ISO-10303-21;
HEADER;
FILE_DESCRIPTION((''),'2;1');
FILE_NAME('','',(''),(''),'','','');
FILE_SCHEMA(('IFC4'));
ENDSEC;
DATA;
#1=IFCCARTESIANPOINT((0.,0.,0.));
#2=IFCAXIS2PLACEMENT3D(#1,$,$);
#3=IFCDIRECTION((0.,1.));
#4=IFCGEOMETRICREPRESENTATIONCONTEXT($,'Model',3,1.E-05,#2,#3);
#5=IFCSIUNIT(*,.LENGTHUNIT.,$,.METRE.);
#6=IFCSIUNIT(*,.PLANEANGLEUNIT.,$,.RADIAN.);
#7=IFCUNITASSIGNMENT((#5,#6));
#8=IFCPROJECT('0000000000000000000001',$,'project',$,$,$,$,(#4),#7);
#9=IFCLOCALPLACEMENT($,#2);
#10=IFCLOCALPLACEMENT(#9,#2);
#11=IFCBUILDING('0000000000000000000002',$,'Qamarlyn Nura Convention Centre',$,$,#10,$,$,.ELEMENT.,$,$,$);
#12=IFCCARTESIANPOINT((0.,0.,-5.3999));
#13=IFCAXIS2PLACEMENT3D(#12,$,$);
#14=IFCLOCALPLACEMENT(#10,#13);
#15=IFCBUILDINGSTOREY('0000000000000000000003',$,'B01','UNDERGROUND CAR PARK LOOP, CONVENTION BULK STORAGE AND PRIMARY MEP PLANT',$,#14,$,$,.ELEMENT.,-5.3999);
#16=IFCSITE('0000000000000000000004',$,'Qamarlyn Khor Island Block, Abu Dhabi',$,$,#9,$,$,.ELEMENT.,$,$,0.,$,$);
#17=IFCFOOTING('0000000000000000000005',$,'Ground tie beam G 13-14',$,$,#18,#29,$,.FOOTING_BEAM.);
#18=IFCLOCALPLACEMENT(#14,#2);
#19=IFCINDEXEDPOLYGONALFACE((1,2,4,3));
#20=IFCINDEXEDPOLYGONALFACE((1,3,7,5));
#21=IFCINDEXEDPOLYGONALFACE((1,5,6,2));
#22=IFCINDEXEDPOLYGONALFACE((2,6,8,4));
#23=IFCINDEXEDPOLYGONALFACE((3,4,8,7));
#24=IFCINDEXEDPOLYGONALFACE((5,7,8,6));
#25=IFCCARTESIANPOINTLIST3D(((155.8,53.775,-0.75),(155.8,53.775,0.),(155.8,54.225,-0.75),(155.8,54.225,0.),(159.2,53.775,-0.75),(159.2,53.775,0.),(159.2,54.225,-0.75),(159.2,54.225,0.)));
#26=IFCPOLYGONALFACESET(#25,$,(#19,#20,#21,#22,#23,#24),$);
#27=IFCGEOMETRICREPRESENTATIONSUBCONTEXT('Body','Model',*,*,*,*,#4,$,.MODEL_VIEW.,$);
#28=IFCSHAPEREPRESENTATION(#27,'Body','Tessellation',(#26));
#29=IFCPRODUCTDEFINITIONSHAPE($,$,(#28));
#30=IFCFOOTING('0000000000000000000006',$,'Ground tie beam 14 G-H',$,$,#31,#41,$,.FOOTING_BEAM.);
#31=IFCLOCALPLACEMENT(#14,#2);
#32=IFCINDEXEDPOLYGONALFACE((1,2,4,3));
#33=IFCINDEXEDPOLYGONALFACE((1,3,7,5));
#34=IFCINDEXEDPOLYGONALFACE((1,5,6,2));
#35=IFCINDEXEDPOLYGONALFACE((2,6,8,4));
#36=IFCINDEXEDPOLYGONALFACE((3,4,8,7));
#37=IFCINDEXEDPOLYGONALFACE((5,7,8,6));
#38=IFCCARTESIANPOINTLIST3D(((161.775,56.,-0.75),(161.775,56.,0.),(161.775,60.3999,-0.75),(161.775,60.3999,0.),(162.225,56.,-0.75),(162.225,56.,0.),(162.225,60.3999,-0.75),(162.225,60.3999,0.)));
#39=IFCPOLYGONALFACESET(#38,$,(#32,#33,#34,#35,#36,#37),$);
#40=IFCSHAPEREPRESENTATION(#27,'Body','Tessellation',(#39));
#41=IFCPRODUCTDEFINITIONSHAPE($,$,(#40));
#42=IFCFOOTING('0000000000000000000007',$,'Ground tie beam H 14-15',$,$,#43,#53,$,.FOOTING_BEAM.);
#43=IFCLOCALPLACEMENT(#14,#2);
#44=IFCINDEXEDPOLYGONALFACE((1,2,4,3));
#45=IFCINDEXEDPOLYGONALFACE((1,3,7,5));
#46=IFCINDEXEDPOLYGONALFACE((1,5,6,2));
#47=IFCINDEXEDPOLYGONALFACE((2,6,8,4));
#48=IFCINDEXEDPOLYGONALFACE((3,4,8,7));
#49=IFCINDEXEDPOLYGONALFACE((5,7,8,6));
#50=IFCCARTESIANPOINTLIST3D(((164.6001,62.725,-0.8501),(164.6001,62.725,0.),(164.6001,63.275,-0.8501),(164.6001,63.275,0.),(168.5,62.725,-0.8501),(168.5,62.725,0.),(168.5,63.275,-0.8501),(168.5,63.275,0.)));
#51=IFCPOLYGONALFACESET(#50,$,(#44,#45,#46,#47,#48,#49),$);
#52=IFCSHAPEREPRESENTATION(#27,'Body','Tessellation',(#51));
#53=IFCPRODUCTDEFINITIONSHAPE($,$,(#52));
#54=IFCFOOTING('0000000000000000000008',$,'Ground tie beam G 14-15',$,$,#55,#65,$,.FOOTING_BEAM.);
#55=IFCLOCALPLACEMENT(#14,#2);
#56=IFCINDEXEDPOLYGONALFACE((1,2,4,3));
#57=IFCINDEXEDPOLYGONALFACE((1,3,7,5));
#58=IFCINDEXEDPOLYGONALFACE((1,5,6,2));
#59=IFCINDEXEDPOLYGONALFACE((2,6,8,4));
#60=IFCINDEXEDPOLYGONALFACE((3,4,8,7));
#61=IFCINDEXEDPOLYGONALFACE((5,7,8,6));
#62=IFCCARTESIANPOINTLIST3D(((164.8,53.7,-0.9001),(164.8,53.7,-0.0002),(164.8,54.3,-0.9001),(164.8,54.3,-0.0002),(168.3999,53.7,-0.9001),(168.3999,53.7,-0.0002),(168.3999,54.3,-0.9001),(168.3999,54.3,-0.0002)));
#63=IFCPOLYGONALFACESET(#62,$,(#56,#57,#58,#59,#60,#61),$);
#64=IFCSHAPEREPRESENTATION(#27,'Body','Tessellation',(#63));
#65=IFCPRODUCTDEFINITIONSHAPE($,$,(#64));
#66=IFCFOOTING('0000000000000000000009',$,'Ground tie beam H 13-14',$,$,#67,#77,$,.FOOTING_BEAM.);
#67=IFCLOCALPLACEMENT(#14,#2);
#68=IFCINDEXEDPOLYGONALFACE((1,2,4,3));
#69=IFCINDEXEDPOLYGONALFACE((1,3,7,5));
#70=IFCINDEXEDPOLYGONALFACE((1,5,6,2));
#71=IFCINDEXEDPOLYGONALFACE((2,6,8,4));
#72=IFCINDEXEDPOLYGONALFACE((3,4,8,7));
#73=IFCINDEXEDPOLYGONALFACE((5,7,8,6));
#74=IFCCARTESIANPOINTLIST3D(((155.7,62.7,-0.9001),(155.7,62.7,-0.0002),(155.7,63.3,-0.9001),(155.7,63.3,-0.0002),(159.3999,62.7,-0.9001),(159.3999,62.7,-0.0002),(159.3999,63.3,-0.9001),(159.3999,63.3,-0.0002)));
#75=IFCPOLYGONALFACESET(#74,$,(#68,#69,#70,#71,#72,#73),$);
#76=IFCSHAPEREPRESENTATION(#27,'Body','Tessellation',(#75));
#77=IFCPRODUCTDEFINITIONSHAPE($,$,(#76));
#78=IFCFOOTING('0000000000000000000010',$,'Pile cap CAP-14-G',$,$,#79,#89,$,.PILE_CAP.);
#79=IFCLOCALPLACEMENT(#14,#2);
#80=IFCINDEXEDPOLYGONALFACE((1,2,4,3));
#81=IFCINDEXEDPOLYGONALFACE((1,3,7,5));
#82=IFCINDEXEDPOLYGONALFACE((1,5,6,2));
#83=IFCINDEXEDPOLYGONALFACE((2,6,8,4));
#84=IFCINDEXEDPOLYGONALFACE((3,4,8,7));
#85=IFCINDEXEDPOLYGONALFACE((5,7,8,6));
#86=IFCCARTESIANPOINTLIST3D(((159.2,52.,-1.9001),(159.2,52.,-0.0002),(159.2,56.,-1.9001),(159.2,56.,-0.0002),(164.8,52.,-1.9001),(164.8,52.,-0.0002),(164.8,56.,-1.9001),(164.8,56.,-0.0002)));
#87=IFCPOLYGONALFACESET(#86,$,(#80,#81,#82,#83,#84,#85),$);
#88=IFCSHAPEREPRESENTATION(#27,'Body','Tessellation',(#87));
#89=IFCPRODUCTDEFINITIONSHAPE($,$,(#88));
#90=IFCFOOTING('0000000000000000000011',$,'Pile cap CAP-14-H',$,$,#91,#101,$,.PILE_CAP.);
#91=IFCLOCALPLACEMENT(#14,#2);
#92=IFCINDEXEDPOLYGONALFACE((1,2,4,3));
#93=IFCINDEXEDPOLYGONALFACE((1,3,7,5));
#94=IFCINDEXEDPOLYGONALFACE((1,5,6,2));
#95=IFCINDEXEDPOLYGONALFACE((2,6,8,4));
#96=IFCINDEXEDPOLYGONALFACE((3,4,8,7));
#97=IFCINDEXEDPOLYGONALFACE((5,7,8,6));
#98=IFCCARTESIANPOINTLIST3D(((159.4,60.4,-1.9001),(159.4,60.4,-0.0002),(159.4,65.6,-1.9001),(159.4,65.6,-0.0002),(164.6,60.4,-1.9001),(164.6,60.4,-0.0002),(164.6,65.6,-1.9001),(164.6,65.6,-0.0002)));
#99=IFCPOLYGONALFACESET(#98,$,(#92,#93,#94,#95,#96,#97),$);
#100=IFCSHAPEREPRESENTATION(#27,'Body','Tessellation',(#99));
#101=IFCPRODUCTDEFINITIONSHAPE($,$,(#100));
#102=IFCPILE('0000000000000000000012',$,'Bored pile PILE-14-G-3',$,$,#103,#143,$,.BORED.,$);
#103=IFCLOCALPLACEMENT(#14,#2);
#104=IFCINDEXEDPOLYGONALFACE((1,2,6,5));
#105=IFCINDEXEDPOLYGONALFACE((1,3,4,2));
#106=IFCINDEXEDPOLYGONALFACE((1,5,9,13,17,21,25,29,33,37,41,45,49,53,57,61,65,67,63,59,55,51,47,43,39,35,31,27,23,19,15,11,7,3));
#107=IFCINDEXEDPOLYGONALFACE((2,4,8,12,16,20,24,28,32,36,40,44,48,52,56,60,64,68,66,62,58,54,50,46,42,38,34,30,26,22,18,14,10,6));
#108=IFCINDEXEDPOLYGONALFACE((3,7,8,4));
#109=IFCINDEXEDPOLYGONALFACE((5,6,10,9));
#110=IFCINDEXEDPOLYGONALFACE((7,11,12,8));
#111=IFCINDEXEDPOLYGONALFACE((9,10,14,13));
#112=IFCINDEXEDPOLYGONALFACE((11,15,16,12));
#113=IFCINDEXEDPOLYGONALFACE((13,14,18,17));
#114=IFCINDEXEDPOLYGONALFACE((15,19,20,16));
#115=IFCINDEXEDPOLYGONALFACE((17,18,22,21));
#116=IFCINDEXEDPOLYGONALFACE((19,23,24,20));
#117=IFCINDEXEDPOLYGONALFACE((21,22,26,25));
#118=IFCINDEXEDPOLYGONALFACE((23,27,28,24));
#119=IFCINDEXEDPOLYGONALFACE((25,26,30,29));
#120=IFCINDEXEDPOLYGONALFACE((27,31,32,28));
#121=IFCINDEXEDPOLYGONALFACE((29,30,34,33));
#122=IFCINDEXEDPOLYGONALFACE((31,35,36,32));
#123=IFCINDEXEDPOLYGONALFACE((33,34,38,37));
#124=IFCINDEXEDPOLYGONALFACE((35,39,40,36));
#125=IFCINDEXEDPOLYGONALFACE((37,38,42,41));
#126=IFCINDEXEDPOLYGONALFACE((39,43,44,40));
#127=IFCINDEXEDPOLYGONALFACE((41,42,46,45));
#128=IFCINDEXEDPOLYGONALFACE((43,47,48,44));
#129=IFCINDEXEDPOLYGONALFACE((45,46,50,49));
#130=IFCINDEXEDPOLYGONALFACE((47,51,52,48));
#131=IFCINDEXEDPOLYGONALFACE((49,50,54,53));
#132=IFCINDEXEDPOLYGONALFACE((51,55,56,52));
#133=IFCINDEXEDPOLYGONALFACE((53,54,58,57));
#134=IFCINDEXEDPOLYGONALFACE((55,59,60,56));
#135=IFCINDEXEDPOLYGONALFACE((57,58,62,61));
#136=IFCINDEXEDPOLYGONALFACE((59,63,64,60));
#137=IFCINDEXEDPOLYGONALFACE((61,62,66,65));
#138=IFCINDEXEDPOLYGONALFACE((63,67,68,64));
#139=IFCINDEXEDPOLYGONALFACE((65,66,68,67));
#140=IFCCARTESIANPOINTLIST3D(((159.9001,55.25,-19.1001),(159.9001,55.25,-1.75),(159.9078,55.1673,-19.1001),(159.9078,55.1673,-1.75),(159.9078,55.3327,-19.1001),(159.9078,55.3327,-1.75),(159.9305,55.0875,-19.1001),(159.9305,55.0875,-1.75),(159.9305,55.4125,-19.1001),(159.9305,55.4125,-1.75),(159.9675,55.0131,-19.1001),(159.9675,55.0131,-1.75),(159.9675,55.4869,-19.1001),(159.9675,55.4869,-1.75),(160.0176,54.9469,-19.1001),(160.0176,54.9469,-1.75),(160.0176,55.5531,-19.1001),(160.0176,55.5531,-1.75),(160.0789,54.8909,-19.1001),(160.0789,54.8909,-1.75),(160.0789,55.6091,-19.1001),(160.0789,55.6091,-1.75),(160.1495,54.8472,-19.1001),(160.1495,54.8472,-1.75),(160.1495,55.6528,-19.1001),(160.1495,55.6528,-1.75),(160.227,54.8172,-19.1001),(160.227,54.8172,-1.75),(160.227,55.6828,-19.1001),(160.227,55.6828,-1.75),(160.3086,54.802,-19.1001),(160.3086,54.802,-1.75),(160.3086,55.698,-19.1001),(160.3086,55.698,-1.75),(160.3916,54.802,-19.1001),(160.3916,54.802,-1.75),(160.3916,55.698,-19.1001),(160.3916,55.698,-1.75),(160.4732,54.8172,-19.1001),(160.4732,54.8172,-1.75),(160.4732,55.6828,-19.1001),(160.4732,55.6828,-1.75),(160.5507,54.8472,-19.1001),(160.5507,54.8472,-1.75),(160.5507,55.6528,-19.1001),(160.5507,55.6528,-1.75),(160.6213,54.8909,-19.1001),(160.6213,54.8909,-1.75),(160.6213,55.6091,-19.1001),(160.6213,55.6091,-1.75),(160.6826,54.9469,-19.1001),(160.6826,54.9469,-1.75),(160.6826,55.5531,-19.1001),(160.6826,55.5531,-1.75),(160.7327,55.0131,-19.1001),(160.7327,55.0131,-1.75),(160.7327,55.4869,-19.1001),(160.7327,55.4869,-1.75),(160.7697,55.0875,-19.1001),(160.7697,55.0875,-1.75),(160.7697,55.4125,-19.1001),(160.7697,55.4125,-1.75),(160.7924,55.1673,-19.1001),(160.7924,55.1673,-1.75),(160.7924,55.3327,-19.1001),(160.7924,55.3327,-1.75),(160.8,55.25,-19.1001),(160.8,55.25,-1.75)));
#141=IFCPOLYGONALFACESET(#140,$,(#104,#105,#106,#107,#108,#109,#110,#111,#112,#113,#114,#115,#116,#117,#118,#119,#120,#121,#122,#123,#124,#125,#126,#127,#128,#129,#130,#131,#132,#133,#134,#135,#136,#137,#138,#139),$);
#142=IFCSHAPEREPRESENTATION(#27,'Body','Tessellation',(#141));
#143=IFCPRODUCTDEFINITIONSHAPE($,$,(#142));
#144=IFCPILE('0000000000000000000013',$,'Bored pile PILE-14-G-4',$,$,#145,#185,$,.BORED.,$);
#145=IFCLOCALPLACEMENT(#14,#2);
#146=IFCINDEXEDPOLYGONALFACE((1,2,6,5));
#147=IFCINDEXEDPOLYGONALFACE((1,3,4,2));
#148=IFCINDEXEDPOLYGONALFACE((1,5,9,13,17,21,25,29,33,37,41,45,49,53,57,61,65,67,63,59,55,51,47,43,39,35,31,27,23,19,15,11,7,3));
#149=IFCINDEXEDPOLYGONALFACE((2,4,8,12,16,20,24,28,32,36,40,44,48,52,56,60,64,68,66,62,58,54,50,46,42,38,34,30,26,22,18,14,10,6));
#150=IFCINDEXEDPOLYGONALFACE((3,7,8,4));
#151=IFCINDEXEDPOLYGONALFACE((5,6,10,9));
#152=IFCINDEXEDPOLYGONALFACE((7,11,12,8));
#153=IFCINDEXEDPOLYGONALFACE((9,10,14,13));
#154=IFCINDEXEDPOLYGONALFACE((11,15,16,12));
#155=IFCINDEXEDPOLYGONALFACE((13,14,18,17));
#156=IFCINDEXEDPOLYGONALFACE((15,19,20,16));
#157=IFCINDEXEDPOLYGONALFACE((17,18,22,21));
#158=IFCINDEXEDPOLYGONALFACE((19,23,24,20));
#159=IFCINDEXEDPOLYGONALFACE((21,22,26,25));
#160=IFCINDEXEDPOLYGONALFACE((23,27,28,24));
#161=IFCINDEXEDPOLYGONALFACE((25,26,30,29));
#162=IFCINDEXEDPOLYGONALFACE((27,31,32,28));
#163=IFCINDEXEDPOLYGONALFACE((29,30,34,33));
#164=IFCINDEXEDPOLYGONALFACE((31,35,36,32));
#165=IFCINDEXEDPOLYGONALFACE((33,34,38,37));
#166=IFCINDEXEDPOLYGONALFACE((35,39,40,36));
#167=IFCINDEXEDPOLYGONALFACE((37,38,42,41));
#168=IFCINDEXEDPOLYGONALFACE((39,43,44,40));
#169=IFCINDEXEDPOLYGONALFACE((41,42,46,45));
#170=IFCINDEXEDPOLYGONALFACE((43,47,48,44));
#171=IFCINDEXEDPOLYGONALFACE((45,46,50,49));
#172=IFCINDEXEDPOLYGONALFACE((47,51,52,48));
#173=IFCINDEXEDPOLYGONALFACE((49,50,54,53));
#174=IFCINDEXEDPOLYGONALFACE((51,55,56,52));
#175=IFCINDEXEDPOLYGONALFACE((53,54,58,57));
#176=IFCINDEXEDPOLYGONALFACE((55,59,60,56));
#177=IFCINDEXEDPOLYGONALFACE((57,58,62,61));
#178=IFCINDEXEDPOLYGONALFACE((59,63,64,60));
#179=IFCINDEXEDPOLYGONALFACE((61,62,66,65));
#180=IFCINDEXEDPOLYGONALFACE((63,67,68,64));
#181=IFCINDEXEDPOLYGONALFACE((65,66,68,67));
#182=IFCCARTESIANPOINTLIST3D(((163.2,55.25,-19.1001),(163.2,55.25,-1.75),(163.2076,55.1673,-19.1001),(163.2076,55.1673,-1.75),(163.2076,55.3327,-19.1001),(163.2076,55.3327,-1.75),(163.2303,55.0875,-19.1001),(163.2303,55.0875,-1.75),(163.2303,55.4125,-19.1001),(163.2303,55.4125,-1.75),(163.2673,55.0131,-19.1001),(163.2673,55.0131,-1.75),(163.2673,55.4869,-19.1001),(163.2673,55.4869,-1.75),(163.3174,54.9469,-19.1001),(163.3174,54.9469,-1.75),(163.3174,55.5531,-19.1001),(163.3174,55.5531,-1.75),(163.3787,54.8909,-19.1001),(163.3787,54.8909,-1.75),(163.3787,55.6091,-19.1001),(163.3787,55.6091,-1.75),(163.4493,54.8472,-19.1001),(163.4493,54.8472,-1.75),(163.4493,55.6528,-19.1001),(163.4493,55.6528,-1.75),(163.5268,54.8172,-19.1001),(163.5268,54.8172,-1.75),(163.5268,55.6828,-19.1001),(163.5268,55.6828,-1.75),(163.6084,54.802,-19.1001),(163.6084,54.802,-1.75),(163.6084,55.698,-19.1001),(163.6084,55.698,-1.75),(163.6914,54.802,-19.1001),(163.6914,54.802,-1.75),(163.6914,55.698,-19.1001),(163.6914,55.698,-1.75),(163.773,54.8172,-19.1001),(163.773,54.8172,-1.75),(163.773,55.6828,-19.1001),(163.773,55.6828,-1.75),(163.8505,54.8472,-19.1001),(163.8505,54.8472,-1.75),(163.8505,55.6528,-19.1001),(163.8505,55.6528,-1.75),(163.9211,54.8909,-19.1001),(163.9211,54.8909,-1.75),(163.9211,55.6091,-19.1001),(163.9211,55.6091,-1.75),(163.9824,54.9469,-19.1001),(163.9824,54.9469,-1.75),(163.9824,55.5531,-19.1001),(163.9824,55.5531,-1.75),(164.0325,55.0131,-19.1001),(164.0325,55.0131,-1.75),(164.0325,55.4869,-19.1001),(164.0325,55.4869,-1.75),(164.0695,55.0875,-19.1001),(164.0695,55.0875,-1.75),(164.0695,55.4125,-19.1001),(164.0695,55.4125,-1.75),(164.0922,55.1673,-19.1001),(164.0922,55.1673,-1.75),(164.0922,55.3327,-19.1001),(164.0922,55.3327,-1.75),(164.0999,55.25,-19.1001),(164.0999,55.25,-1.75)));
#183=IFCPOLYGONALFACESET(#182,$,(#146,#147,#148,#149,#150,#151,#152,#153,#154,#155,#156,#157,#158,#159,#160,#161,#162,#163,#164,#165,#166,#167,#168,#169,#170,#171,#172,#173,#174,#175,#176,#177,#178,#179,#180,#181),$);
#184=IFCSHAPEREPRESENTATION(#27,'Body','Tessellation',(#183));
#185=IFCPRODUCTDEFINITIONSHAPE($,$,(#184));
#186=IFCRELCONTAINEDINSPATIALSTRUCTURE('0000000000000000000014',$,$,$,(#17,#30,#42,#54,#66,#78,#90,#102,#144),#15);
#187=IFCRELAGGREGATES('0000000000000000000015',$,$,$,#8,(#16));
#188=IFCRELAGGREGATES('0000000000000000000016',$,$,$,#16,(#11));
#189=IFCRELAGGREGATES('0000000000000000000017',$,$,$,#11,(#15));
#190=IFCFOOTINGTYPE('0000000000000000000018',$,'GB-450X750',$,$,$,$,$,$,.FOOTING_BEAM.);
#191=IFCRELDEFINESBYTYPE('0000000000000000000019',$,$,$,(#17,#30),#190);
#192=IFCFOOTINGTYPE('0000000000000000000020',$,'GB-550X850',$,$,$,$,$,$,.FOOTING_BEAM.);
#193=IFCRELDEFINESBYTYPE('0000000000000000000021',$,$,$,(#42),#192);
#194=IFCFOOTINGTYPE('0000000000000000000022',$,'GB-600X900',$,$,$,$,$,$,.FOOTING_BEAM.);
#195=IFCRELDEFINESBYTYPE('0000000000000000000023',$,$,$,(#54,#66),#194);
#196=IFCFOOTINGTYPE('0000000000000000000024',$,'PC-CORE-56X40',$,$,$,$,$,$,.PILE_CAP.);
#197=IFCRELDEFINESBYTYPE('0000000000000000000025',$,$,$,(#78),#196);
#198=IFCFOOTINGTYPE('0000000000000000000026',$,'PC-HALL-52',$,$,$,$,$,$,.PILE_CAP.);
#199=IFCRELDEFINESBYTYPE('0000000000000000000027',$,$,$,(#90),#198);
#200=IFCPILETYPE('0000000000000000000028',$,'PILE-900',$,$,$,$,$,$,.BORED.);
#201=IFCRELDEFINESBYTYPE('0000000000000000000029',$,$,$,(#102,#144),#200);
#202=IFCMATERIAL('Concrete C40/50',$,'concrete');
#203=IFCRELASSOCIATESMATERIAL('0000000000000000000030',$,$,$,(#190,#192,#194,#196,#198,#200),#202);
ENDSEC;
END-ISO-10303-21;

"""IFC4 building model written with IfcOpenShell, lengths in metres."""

from ifc_helpers import new_model, si_unit, direction, frame, origin, origin_2d, place, context, subcontext, project, spatial, rectangle, circle, extrude, material, material_profile, profile_set, type_object, element, save


model = new_model("IFC4")

# Units and contexts
model_context = context("Model", 3, precision=1e-05, world=origin(), true_north=direction((0.0, 1.0)))
body_context = subcontext(model_context, "Body", "Model", "MODEL_VIEW")
ifc_project = project(units=[si_unit("LENGTHUNIT", "METRE"), si_unit("PLANEANGLEUNIT", "RADIAN")], contexts=[model_context])

# Site, building, storey
site_placement = place(None, origin())
site = spatial("IfcSite", under=ifc_project, at=site_placement, Name="Qamarlyn Khor Island Block, Abu Dhabi", CompositionType="ELEMENT", RefElevation=0.0)
building_placement = place(site_placement, origin())
building = spatial("IfcBuilding", under=site, at=building_placement, Name="Qamarlyn Nura Convention Centre", CompositionType="ELEMENT")
storey_placement = place(building_placement, frame((0.0, 0.0, -5.3999)))
storey = spatial("IfcBuildingStorey", under=building, at=storey_placement, Name="B01", Description="UNDERGROUND CAR PARK LOOP, CONVENTION BULK STORAGE AND PRIMARY MEP PLANT", CompositionType="ELEMENT", Elevation=-5.3999)

# Footings
ifc_material_1 = material(Name="Concrete C40/50", Category="concrete")
ifc_material_profile_1 = material_profile(ifc_material_1, rectangle(XDim=0.45, YDim=0.75, at=origin_2d()), Name="RC GB 450x750")
ifc_profile_set_1 = profile_set([ifc_material_profile_1], Name="Concrete C40/50")
footing_type_1 = type_object("IfcFootingType", Name="GB-450X750", PredefinedType="FOOTING_BEAM", material=ifc_profile_set_1)
footing_1_placement = place(storey_placement, frame((155.8, 54.0, -0.375), z_axis=(1.0, 0.0, 0.0), x_axis=(0.0, 1.0, 0.0)))
element("IfcFooting", 1, at=footing_1_placement, inside=storey, type_object=footing_type_1, Name="Ground tie beam G 13-14", PredefinedType="FOOTING_BEAM", context=body_context, shape_type="SweptSolid", body=[
    extrude(rectangle(XDim=0.45, YDim=0.75, at=origin_2d()), origin(), (0.0, 0.0, 1.0), 3.3999),
])
footing_2_placement = place(storey_placement, frame((162.0, 56.0, -0.375), z_axis=(0.0, 1.0, 0.0), x_axis=(-1.0, 0.0, 0.0)))
element("IfcFooting", 2, at=footing_2_placement, inside=storey, type_object=footing_type_1, Name="Ground tie beam 14 G-H", PredefinedType="FOOTING_BEAM", context=body_context, shape_type="SweptSolid", body=[
    extrude(rectangle(XDim=0.45, YDim=0.75, at=origin_2d()), origin(), (0.0, 0.0, 1.0), 4.3999),
])
ifc_material_profile_2 = material_profile(ifc_material_1, rectangle(XDim=0.55, YDim=0.8501, at=origin_2d()), Name="RC GB 550x850")
ifc_profile_set_2 = profile_set([ifc_material_profile_2], Name="Concrete C40/50")
footing_type_2 = type_object("IfcFootingType", Name="GB-550X850", PredefinedType="FOOTING_BEAM", material=ifc_profile_set_2)
footing_3_placement = place(storey_placement, frame((164.6001, 63.0, -0.425), z_axis=(1.0, 0.0, 0.0), x_axis=(0.0, 1.0, 0.0)))
element("IfcFooting", 3, at=footing_3_placement, inside=storey, type_object=footing_type_2, Name="Ground tie beam H 14-15", PredefinedType="FOOTING_BEAM", context=body_context, shape_type="SweptSolid", body=[
    extrude(rectangle(XDim=0.55, YDim=0.8501, at=origin_2d()), origin(), (0.0, 0.0, 1.0), 3.8999),
])
ifc_material_profile_3 = material_profile(ifc_material_1, rectangle(XDim=0.6001, YDim=0.8999, at=origin_2d()), Name="RC GB 600x900")
ifc_profile_set_3 = profile_set([ifc_material_profile_3], Name="Concrete C40/50")
footing_type_3 = type_object("IfcFootingType", Name="GB-600X900", PredefinedType="FOOTING_BEAM", material=ifc_profile_set_3)
footing_4_placement = place(storey_placement, frame((164.8, 54.0, -0.4502), z_axis=(1.0, 0.0, 0.0), x_axis=(0.0, 1.0, 0.0)))
element("IfcFooting", 4, at=footing_4_placement, inside=storey, type_object=footing_type_3, Name="Ground tie beam G 14-15", PredefinedType="FOOTING_BEAM", context=body_context, shape_type="SweptSolid", body=[
    extrude(rectangle(XDim=0.6001, YDim=0.8999, at=origin_2d()), origin(), (0.0, 0.0, 1.0), 3.5999),
])
footing_5_placement = place(storey_placement, frame((155.7, 63.0, -0.4502), z_axis=(1.0, 0.0, 0.0), x_axis=(0.0, 1.0, 0.0)))
element("IfcFooting", 5, at=footing_5_placement, inside=storey, type_object=footing_type_3, Name="Ground tie beam H 13-14", PredefinedType="FOOTING_BEAM", context=body_context, shape_type="SweptSolid", body=[
    extrude(rectangle(XDim=0.6001, YDim=0.8999, at=origin_2d()), origin(), (0.0, 0.0, 1.0), 3.7),
])
footing_type_4 = type_object("IfcFootingType", Name="PC-CORE-56X40", PredefinedType="PILE_CAP", material=ifc_material_1)
footing_6_placement = place(storey_placement, frame((162.0, 54.0, -1.9001), z_axis=(0.0, 0.0, 1.0), x_axis=(1.0, 0.0, 0.0)))
element("IfcFooting", 6, at=footing_6_placement, inside=storey, type_object=footing_type_4, Name="Pile cap CAP-14-G", PredefinedType="PILE_CAP", context=body_context, shape_type="SweptSolid", body=[
    extrude(rectangle(XDim=5.6001, YDim=4.0, at=origin_2d()), origin(), (0.0, 0.0, 1.0), 1.8999),
])
footing_type_5 = type_object("IfcFootingType", Name="PC-HALL-52", PredefinedType="PILE_CAP", material=ifc_material_1)
footing_7_placement = place(storey_placement, frame((162.0, 63.0, -1.9001), z_axis=(0.0, 0.0, 1.0), x_axis=(1.0, 0.0, 0.0)))
element("IfcFooting", 7, at=footing_7_placement, inside=storey, type_object=footing_type_5, Name="Pile cap CAP-14-H", PredefinedType="PILE_CAP", context=body_context, shape_type="SweptSolid", body=[
    extrude(rectangle(XDim=5.2, YDim=5.2, at=origin_2d()), origin(), (0.0, 0.0, 1.0), 1.8999),
])

# Piles
ifc_material_profile_4 = material_profile(ifc_material_1, circle(Radius=0.45, at=origin_2d()), Name="BORED PILE 900")
ifc_profile_set_4 = profile_set([ifc_material_profile_4], Name="Concrete C40/50")
pile_type = type_object("IfcPileType", Name="PILE-900", PredefinedType="BORED", material=ifc_profile_set_4)
for number, where, z_axis, x_axis, name in (
    (8, (160.3501, 55.25, -1.75), (0.0, 0.0, -1.0), (1.0, 0.0, 0.0), "Bored pile PILE-14-G-3"),
    (9, (163.6499, 55.25, -1.75), (0.0, 0.0, -1.0), (1.0, 0.0, 0.0), "Bored pile PILE-14-G-4"),
):
    element("IfcPile", number, at=place(storey_placement, frame(where, z_axis=z_axis, x_axis=x_axis)), inside=storey, type_object=pile_type, Name=name, PredefinedType="BORED", context=body_context, shape_type="SweptSolid", body=[
        extrude(circle(Radius=0.45, at=origin_2d()), origin(), (0.0, 0.0, 1.0), 17.3501),
    ])

save(model, "model.ifc")
